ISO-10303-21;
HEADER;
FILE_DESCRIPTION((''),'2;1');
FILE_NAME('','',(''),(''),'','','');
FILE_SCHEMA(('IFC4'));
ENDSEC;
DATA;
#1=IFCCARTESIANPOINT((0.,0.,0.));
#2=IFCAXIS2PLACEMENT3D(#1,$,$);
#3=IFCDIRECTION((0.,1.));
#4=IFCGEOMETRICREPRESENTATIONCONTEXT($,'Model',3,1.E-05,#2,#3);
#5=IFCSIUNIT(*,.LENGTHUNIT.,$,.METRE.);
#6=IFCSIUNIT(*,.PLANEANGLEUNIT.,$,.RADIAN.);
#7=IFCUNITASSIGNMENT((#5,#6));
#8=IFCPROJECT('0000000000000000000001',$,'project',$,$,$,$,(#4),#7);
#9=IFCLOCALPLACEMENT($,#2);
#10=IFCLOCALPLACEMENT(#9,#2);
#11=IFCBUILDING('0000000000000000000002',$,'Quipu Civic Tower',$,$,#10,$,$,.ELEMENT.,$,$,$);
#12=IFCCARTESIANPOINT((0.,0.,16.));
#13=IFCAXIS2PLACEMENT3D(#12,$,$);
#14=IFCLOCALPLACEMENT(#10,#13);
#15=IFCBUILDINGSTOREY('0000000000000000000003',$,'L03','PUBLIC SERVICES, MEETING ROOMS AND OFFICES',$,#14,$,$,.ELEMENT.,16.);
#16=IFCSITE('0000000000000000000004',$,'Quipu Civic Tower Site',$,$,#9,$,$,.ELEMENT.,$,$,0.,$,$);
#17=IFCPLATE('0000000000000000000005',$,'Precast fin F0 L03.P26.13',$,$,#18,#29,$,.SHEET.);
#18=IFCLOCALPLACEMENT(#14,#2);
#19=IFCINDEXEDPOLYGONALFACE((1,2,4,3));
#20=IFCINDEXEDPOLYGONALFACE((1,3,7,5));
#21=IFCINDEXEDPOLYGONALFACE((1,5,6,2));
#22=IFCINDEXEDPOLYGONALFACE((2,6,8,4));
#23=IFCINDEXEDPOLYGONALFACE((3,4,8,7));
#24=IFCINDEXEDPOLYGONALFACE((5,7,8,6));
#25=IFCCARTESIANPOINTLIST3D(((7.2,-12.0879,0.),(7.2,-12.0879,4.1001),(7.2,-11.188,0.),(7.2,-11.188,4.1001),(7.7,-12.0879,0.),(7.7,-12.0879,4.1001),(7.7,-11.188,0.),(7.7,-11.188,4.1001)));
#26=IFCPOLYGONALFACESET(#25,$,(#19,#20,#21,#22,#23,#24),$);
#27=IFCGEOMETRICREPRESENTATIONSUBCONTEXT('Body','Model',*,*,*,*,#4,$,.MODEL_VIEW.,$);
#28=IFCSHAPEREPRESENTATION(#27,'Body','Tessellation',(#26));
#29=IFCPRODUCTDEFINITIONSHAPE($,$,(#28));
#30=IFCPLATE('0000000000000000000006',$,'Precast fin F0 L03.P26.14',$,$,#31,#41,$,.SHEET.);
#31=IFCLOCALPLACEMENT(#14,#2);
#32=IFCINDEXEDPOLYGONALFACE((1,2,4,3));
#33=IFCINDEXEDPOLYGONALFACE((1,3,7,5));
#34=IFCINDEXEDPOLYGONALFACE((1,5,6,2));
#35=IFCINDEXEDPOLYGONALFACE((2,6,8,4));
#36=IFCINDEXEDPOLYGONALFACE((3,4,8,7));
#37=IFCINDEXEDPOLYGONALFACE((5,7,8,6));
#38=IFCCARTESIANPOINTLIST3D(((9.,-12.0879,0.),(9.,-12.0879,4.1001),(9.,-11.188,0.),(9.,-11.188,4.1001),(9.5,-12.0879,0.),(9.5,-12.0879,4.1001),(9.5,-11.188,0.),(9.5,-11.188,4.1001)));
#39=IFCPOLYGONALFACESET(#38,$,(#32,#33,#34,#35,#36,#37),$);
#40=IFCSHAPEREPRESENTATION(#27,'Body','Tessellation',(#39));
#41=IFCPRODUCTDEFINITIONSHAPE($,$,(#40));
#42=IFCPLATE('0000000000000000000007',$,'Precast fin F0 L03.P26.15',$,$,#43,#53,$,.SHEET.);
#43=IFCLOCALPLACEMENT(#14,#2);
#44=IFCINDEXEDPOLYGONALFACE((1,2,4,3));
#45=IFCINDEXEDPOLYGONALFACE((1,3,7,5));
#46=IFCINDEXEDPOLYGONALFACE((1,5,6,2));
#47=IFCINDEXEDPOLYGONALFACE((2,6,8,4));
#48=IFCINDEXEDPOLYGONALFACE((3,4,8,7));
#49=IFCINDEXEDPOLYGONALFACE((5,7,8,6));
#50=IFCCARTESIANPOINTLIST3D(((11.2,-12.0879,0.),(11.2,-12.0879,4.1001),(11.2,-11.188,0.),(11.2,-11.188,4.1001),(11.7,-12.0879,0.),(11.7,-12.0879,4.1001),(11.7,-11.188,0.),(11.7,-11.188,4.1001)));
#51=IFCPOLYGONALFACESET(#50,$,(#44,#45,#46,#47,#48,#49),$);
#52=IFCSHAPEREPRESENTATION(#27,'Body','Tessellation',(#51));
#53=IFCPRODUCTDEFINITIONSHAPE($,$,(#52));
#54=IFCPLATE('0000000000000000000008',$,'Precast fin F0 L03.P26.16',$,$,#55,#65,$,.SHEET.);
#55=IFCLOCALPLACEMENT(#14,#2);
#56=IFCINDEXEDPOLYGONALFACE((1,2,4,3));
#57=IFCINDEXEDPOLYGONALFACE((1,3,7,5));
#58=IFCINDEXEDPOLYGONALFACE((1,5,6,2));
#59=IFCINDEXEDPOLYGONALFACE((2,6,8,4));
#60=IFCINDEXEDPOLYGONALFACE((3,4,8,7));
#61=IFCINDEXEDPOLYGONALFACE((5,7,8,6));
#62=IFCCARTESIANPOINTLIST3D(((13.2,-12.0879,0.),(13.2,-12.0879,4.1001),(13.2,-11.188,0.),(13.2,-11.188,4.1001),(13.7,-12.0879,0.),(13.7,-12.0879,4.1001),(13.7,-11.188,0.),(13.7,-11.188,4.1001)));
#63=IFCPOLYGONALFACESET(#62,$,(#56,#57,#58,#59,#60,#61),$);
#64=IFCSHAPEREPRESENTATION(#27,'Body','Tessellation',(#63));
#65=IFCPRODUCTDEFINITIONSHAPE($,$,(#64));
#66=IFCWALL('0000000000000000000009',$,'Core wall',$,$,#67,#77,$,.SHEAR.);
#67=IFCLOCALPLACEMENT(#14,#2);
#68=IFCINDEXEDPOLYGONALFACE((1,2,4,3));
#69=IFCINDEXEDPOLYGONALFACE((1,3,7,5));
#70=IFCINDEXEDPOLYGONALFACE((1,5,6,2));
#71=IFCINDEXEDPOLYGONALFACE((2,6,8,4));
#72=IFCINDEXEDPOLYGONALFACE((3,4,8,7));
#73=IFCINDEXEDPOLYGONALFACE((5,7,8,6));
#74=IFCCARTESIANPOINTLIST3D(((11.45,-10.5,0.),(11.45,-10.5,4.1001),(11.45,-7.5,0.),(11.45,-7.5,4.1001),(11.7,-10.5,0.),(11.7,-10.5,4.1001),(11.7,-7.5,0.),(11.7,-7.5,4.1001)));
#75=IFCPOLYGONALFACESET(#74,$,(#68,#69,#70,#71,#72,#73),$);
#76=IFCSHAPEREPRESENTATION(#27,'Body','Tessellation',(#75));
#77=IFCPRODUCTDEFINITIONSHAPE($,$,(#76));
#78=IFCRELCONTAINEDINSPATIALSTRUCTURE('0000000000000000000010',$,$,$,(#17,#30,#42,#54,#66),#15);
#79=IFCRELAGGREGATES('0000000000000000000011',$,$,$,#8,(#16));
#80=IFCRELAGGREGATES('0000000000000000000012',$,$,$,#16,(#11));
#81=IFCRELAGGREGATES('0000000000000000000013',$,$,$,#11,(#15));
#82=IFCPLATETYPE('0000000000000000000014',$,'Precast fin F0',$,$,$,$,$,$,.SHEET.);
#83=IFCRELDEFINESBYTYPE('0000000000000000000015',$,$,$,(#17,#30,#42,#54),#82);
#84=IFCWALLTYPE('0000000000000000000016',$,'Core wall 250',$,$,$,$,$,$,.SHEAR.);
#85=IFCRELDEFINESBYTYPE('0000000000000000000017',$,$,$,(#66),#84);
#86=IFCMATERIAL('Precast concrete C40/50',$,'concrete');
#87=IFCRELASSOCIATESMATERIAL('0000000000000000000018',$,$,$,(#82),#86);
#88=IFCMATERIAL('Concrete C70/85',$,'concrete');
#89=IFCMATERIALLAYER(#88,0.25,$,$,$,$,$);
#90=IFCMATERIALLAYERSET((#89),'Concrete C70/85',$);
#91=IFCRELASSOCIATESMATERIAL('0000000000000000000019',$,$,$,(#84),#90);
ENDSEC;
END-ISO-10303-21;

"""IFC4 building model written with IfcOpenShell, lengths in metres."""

from ifc_helpers import new_model, si_unit, direction, frame, frame_2d, origin, origin_2d, place, context, subcontext, project, spatial, rectangle, extrude, material, layer, layer_set, type_object, element, save


model = new_model("IFC4")

# Units and contexts
model_context = context("Model", 3, precision=1e-05, world=origin(), true_north=direction((0.0, 1.0)))
body_context = subcontext(model_context, "Body", "Model", "MODEL_VIEW")
ifc_project = project(units=[si_unit("LENGTHUNIT", "METRE"), si_unit("PLANEANGLEUNIT", "RADIAN")], contexts=[model_context])

# Site, building, storey
site_placement = place(None, origin())
site = spatial("IfcSite", under=ifc_project, at=site_placement, Name="Quipu Civic Tower Site", CompositionType="ELEMENT", RefElevation=0.0)
building_placement = place(site_placement, origin())
building = spatial("IfcBuilding", under=site, at=building_placement, Name="Quipu Civic Tower", CompositionType="ELEMENT")
storey_placement = place(building_placement, frame((0.0, 0.0, 16.0)))
storey = spatial("IfcBuildingStorey", under=building, at=storey_placement, Name="L03", Description="PUBLIC SERVICES, MEETING ROOMS AND OFFICES", CompositionType="ELEMENT", Elevation=16.0)

# Plates
ifc_material_1 = material(Name="Precast concrete C40/50", Category="concrete")
plate_type = type_object("IfcPlateType", Name="Precast fin F0", PredefinedType="SHEET", material=ifc_material_1)
for number, where, z_axis, x_axis, name in (
    (1, (7.45, -11.6379, 0.0), (0.0, 0.0, 1.0), (1.0, 0.0, 0.0), "Precast fin F0 L03.P26.13"),
    (2, (9.25, -11.6379, 0.0), (0.0, 0.0, 1.0), (1.0, 0.0, 0.0), "Precast fin F0 L03.P26.14"),
    (3, (11.45, -11.6379, 0.0), (0.0, 0.0, 1.0), (1.0, 0.0, 0.0), "Precast fin F0 L03.P26.15"),
    (4, (13.45, -11.6379, 0.0), (0.0, 0.0, 1.0), (1.0, 0.0, 0.0), "Precast fin F0 L03.P26.16"),
):
    element("IfcPlate", number, at=place(storey_placement, frame(where, z_axis=z_axis, x_axis=x_axis)), inside=storey, type_object=plate_type, Name=name, PredefinedType="SHEET", context=body_context, shape_type="SweptSolid", body=[
        extrude(rectangle(XDim=0.5, YDim=0.8999, at=origin_2d()), origin(), (0.0, 0.0, 1.0), 4.1001),
    ])

# Wall
ifc_material_2 = material(Name="Concrete C70/85", Category="concrete")
ifc_layer_1 = layer(ifc_material_2, 0.25)
ifc_layer_set_1 = layer_set([ifc_layer_1], Name="Concrete C70/85")
wall_type_1 = type_object("IfcWallType", Name="Core wall 250", PredefinedType="SHEAR", material=ifc_layer_set_1)
wall_1_placement = place(storey_placement, frame((11.575, -10.5, 0.0), z_axis=(0.0, 0.0, 1.0), x_axis=(0.0, 1.0, 0.0)))
element("IfcWall", 5, at=wall_1_placement, inside=storey, type_object=wall_type_1, Name="Core wall", PredefinedType="SHEAR", context=body_context, shape_type="SweptSolid", body=[
    extrude(rectangle(XDim=3.0, YDim=0.25, at=frame_2d((1.5, 0.0))), origin(), (0.0, 0.0, 1.0), 4.1001),
])

save(model, "model.ifc")
